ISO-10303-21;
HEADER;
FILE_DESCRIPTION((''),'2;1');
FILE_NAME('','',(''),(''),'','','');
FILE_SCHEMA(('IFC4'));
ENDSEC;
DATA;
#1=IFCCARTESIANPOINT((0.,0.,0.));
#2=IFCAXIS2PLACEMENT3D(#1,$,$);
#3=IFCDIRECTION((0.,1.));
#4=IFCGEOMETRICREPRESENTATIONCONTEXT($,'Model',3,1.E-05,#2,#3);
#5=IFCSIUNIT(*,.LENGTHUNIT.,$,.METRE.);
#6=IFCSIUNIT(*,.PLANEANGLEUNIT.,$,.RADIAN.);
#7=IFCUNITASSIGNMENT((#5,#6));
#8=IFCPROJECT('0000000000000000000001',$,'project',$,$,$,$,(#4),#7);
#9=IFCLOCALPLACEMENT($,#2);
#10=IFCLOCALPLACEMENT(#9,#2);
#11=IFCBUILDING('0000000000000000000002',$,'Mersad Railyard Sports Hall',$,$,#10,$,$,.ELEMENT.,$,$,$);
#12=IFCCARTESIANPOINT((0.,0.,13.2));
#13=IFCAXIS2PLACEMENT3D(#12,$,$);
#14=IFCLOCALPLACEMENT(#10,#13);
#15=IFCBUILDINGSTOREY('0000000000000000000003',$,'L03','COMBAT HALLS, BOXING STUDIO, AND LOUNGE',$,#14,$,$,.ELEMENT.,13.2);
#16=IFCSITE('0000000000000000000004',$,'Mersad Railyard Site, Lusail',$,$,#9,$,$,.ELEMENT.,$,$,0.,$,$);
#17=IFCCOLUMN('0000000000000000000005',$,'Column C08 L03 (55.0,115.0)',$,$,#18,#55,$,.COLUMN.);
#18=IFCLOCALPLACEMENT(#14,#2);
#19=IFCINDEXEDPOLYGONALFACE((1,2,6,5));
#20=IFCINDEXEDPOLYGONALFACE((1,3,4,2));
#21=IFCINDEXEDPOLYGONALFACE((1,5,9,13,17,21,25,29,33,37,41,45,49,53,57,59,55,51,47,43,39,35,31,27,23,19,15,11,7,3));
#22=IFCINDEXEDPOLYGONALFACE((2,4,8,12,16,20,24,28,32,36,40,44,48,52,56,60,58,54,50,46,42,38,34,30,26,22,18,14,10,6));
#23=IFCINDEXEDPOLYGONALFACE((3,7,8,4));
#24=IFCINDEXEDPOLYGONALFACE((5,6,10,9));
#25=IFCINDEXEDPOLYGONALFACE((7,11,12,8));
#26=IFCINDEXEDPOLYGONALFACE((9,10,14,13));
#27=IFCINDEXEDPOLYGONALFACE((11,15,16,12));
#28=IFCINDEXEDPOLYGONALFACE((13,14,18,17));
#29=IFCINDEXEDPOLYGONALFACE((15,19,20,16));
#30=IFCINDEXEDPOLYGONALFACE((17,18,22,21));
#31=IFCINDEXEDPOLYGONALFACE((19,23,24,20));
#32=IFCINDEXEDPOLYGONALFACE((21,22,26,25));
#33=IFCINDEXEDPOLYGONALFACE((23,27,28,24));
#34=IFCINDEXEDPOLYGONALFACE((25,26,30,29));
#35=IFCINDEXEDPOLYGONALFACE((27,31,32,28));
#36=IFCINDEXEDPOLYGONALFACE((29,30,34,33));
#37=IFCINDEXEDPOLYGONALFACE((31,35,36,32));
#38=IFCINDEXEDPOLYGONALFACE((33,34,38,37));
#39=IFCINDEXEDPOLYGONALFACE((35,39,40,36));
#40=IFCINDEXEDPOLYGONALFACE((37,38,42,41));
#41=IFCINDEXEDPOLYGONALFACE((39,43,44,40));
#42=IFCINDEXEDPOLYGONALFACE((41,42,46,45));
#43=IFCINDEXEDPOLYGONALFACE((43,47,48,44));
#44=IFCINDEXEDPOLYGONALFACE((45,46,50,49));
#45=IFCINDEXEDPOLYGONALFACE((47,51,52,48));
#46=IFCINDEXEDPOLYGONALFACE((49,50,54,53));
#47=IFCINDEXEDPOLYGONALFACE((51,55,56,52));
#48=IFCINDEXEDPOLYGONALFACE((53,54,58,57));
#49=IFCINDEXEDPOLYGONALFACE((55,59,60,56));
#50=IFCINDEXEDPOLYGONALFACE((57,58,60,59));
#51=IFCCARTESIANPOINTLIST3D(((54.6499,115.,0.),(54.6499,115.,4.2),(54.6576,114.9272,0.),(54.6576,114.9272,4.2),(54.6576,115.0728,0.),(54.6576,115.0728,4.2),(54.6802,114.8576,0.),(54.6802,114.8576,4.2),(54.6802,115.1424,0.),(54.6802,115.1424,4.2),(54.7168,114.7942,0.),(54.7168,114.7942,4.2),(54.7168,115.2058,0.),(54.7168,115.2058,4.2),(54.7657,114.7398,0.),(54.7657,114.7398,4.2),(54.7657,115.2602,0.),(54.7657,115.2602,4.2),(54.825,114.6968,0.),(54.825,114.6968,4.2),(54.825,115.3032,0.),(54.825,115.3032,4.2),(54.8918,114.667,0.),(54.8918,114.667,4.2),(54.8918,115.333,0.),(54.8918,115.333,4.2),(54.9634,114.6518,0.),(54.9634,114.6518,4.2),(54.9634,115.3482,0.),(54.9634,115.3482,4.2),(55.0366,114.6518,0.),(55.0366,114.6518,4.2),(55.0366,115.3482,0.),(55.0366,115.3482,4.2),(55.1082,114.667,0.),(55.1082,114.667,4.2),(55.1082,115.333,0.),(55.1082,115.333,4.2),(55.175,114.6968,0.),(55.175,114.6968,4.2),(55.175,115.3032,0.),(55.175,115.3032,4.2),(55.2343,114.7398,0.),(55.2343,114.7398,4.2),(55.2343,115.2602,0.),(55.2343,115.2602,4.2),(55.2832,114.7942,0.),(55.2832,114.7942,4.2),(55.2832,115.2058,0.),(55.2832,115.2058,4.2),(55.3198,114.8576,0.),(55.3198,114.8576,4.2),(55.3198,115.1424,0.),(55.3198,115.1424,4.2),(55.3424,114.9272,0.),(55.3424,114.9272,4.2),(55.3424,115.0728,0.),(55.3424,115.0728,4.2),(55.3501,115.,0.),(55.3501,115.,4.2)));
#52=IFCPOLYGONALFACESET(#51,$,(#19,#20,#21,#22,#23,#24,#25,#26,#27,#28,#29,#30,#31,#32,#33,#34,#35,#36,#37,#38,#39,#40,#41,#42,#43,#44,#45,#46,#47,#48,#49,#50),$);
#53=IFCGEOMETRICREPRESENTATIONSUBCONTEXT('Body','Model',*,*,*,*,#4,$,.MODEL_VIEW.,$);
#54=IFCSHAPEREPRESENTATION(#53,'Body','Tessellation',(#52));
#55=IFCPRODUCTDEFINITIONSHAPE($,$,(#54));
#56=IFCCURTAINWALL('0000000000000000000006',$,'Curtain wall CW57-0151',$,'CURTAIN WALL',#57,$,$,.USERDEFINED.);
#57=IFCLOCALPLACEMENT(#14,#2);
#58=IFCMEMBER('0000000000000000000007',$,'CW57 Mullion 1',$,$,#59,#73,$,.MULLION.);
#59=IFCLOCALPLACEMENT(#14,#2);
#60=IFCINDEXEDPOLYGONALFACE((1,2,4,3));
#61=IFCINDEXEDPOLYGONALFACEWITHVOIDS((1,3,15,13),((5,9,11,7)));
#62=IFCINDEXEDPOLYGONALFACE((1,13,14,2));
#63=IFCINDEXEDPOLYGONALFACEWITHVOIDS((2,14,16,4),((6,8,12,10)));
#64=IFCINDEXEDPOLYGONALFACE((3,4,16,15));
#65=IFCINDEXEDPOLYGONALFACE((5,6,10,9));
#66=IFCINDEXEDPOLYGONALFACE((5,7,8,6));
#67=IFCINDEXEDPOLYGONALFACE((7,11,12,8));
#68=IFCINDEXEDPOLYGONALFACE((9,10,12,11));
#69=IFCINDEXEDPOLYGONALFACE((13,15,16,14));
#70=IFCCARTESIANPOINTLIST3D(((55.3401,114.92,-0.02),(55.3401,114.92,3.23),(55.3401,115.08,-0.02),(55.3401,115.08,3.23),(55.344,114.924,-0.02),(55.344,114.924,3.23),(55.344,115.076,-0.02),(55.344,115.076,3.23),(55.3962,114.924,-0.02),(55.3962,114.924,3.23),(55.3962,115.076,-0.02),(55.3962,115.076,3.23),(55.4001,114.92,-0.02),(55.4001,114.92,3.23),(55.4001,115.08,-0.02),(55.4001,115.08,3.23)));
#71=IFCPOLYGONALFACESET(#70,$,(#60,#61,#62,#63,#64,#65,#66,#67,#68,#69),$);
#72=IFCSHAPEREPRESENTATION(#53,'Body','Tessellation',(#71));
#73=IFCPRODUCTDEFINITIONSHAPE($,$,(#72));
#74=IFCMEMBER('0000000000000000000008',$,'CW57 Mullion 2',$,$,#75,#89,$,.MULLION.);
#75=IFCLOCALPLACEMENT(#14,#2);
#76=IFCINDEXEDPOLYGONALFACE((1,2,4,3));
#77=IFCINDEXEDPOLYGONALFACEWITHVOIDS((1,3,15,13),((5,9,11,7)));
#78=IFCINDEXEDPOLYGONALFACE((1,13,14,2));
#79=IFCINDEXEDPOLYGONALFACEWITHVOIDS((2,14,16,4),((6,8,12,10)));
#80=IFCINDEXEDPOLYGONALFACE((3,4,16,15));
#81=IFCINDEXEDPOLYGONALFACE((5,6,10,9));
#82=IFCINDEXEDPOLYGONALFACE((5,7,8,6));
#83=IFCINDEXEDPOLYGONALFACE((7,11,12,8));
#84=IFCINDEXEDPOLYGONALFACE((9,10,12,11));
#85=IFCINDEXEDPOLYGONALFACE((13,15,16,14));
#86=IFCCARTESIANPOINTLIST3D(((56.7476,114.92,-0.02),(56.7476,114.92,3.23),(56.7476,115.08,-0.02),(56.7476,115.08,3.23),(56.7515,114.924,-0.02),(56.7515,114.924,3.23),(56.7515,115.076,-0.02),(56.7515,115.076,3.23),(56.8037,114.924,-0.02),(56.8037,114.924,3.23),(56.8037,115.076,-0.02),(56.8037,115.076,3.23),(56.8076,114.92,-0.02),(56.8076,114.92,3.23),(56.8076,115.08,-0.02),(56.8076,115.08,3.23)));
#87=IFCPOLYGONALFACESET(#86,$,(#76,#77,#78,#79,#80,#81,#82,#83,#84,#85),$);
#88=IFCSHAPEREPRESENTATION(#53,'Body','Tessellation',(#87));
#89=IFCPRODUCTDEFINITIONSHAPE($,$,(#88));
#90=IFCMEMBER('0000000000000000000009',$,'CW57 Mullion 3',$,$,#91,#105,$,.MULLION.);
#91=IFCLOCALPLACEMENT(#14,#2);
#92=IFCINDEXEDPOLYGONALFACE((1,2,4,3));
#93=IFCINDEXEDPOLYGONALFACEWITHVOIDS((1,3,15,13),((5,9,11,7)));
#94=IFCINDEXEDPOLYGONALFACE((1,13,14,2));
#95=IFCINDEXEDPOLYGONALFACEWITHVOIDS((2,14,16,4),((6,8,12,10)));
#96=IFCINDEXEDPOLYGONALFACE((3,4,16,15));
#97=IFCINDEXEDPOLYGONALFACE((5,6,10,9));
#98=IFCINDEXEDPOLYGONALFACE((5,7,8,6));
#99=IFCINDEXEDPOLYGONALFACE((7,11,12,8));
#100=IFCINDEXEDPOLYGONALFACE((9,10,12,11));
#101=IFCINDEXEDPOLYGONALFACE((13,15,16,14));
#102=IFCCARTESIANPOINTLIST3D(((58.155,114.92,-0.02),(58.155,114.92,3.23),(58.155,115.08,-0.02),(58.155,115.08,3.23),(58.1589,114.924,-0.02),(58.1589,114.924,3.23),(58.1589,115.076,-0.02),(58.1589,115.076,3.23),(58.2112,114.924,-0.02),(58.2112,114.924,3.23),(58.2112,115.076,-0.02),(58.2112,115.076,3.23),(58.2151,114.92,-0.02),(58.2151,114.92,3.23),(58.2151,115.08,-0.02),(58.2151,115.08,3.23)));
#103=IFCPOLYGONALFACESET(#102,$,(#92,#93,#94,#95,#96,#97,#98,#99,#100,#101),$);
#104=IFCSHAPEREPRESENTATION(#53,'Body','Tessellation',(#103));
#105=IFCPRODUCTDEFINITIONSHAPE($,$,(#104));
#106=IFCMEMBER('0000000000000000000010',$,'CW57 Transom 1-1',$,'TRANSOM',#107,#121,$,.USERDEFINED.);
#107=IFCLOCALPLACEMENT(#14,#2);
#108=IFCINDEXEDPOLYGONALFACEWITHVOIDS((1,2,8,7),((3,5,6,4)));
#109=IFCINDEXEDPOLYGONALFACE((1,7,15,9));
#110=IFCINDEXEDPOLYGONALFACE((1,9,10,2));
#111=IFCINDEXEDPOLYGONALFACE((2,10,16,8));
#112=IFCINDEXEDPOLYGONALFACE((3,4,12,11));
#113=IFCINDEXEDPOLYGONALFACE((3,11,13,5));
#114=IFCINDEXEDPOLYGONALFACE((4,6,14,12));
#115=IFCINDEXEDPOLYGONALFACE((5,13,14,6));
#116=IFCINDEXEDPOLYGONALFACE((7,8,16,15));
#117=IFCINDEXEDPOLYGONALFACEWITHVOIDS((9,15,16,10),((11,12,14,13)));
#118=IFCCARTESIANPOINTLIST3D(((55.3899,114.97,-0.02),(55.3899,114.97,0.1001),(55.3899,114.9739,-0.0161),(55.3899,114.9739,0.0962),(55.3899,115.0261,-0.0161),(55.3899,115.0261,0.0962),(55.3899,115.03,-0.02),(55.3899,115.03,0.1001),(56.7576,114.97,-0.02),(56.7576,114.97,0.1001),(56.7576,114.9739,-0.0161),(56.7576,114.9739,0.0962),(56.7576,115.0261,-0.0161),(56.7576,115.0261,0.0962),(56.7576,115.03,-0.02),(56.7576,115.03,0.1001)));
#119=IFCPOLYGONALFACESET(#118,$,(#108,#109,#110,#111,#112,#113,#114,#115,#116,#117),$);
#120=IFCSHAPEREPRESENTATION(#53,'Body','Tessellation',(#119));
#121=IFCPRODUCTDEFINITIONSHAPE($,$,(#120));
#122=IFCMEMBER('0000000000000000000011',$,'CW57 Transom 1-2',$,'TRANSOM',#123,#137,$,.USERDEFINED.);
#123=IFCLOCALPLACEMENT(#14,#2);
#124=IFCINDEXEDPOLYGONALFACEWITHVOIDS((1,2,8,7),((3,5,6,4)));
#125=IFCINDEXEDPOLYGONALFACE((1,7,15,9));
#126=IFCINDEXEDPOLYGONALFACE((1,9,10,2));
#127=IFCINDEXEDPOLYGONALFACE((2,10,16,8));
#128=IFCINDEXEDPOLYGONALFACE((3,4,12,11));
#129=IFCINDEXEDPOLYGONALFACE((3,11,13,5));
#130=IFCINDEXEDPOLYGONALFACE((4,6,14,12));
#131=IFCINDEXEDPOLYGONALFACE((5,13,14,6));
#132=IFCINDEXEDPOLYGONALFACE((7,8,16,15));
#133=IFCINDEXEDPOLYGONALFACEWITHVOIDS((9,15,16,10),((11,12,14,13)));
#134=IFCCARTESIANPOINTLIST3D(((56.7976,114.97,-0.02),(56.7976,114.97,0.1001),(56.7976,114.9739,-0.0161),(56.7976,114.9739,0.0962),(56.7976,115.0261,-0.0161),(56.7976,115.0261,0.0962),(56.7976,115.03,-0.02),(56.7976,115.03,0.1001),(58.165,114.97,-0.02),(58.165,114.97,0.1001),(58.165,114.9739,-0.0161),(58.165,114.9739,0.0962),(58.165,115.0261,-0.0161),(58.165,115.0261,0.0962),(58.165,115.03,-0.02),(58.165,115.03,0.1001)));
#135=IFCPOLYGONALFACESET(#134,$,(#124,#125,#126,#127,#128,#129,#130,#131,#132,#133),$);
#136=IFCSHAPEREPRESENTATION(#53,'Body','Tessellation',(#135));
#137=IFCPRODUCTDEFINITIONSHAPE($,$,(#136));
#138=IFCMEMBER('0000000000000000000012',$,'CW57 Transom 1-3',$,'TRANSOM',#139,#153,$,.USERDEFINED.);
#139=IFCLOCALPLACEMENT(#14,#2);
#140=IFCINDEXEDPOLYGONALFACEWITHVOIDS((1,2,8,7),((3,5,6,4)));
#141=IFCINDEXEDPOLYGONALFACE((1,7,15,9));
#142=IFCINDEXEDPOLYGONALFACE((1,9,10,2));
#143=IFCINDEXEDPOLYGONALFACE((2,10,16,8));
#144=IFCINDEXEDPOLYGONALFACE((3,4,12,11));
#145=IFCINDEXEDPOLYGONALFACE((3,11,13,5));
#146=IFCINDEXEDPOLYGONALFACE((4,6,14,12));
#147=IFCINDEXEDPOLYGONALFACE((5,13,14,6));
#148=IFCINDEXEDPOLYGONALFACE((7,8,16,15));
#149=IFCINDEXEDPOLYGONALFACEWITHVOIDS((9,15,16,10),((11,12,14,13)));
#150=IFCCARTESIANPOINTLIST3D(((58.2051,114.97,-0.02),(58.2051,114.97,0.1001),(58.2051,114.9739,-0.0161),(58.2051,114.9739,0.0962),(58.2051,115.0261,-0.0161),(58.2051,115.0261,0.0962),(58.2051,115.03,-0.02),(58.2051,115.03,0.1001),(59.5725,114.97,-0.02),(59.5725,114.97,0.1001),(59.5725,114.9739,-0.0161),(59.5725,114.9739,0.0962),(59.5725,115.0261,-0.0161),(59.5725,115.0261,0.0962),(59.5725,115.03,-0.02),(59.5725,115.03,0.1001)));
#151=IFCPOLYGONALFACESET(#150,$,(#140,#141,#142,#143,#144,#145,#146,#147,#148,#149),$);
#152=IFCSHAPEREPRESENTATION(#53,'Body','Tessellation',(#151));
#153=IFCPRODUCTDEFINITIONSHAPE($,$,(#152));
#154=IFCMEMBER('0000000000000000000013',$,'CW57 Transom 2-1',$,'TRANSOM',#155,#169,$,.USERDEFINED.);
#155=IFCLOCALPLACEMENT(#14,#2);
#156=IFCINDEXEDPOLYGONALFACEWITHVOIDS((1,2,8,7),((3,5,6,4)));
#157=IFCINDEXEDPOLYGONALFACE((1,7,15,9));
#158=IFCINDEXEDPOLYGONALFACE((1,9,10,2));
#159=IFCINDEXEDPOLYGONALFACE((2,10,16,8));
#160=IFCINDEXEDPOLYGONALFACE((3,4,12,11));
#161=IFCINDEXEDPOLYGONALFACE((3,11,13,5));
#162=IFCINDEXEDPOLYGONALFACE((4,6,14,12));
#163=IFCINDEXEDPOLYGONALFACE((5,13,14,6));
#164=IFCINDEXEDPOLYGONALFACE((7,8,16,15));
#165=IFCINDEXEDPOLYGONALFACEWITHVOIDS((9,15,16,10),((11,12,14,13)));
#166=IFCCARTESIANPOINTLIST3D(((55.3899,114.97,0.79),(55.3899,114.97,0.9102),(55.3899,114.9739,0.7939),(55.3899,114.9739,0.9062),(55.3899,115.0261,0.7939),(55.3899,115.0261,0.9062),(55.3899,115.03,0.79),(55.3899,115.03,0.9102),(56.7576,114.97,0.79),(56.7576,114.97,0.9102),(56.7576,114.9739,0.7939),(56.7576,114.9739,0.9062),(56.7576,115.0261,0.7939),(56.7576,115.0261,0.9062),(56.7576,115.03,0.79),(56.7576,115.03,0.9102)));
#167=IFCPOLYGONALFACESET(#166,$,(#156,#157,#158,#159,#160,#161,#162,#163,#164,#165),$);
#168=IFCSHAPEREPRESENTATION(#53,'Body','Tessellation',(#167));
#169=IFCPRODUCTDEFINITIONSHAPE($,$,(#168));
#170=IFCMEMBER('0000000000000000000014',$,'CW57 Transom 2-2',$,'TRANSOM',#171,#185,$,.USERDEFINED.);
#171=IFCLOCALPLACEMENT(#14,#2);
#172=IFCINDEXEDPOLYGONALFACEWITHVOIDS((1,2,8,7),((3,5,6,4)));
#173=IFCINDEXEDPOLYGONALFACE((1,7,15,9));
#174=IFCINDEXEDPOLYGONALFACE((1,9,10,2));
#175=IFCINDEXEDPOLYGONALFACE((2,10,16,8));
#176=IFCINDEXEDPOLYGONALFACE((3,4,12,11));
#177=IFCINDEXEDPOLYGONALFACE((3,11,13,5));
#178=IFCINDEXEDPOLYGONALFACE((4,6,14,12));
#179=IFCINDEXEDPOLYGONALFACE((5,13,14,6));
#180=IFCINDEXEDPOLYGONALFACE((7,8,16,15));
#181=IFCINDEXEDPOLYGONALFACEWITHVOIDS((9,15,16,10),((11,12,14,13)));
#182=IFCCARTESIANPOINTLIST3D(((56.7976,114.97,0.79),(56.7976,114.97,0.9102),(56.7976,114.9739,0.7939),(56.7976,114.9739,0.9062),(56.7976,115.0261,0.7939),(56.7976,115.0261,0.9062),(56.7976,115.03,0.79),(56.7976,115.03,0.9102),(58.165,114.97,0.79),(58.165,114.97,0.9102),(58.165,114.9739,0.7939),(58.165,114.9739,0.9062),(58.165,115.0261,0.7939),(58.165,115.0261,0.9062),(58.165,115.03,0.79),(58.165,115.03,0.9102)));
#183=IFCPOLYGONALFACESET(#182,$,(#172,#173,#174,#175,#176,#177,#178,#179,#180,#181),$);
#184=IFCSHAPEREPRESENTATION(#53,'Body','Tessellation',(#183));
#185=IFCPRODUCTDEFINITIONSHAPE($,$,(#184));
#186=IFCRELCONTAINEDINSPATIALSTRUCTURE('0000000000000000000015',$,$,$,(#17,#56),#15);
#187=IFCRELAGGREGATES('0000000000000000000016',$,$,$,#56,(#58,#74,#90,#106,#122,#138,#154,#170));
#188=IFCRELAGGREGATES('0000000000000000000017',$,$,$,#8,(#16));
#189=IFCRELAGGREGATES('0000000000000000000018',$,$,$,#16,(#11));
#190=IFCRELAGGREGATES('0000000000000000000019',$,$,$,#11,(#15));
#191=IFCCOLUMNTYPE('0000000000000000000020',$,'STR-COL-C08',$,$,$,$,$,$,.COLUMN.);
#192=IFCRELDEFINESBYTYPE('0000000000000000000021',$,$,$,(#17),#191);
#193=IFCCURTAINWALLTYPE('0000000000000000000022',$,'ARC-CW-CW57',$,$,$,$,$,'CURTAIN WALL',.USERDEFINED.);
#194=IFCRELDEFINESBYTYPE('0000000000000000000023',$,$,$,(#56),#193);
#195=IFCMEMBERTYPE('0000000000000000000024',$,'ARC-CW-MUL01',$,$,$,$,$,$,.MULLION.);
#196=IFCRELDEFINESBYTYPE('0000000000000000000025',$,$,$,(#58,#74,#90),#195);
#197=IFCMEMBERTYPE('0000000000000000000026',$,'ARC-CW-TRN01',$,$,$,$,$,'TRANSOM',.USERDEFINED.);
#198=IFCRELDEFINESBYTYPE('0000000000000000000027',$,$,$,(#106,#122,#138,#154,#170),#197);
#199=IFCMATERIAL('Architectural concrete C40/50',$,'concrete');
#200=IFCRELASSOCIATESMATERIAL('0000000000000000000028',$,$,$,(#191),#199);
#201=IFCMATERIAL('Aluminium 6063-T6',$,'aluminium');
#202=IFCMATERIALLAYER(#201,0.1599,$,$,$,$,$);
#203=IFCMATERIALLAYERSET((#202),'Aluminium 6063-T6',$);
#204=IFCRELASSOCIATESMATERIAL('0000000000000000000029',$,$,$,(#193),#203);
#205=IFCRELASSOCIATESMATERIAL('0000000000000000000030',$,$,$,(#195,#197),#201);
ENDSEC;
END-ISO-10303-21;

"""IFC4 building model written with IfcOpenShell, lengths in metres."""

from ifc_helpers import new_model, si_unit, direction, frame, origin, origin_2d, place, context, subcontext, project, spatial, hollow_rectangle, circle, extrude, material, layer, layer_set, material_profile, profile_set, type_object, element, aggregate, save


model = new_model("IFC4")

# Units and contexts
model_context = context("Model", 3, precision=1e-05, world=origin(), true_north=direction((0.0, 1.0)))
body_context = subcontext(model_context, "Body", "Model", "MODEL_VIEW")
ifc_project = project(units=[si_unit("LENGTHUNIT", "METRE"), si_unit("PLANEANGLEUNIT", "RADIAN")], contexts=[model_context])

# Site, building, storey
site_placement = place(None, origin())
site = spatial("IfcSite", under=ifc_project, at=site_placement, Name="Mersad Railyard Site, Lusail", CompositionType="ELEMENT", RefElevation=0.0)
building_placement = place(site_placement, origin())
building = spatial("IfcBuilding", under=site, at=building_placement, Name="Mersad Railyard Sports Hall", CompositionType="ELEMENT")
storey_placement = place(building_placement, frame((0.0, 0.0, 13.2)))
storey = spatial("IfcBuildingStorey", under=building, at=storey_placement, Name="L03", Description="COMBAT HALLS, BOXING STUDIO, AND LOUNGE", CompositionType="ELEMENT", Elevation=13.2)

# Column
ifc_material_1 = material(Name="Architectural concrete C40/50", Category="concrete")
ifc_material_profile_1 = material_profile(ifc_material_1, circle(Radius=0.3501, at=origin_2d()), Name="RC D700")
ifc_profile_set_1 = profile_set([ifc_material_profile_1], Name="Architectural concrete C40/50")
column_type = type_object("IfcColumnType", Name="STR-COL-C08", PredefinedType="COLUMN", material=ifc_profile_set_1)
column_placement = place(storey_placement, frame((55.0, 115.0, 0.0), z_axis=(0.0, 0.0, 1.0), x_axis=(1.0, 0.0, 0.0)))
element("IfcColumn", 1, at=column_placement, inside=storey, type_object=column_type, Name="Column C08 L03 (55.0,115.0)", PredefinedType="COLUMN", context=body_context, shape_type="SweptSolid", body=[
    extrude(circle(Radius=0.3501, at=origin_2d()), origin(), (0.0, 0.0, 1.0), 4.2),
])

# Curtain wall, members
ifc_material_2 = material(Name="Aluminium 6063-T6", Category="aluminium")
ifc_layer_1 = layer(ifc_material_2, 0.1599)
ifc_layer_set_1 = layer_set([ifc_layer_1], Name="Aluminium 6063-T6")
curtain_wall_type = type_object("IfcCurtainWallType", Name="ARC-CW-CW57", ElementType="CURTAIN WALL", PredefinedType="USERDEFINED", material=ifc_layer_set_1)
curtain_wall_placement = place(storey_placement, origin())
curtain_wall = element("IfcCurtainWall", 2, at=curtain_wall_placement, inside=storey, type_object=curtain_wall_type, Name="Curtain wall CW57-0151", ObjectType="CURTAIN WALL", PredefinedType="USERDEFINED")
ifc_material_profile_2 = material_profile(ifc_material_2, hollow_rectangle(XDim=0.0601, YDim=0.1599, WallThickness=0.0039, at=origin_2d()), Name="AL MULLION 60x160x4")
ifc_profile_set_2 = profile_set([ifc_material_profile_2], Name="Aluminium 6063-T6")
member_type_1 = type_object("IfcMemberType", Name="ARC-CW-MUL01", PredefinedType="MULLION", material=ifc_profile_set_2)
member_1_placement = place(storey_placement, frame((55.3701, 115.0, -0.02), z_axis=(0.0, 0.0, 1.0), x_axis=(1.0, 0.0, 0.0)))
member_1 = element("IfcMember", 3, at=member_1_placement, type_object=member_type_1, Name="CW57 Mullion 1", PredefinedType="MULLION", context=body_context, shape_type="SweptSolid", body=[
    extrude(hollow_rectangle(XDim=0.0601, YDim=0.1599, WallThickness=0.0039, at=origin_2d()), origin(), (0.0, 0.0, 1.0), 3.25),
])
member_2_placement = place(storey_placement, frame((56.7776, 115.0, -0.02), z_axis=(0.0, 0.0, 1.0), x_axis=(1.0, 0.0, 0.0)))
member_2 = element("IfcMember", 4, at=member_2_placement, type_object=member_type_1, Name="CW57 Mullion 2", PredefinedType="MULLION", context=body_context, shape_type="SweptSolid", body=[
    extrude(hollow_rectangle(XDim=0.0601, YDim=0.1599, WallThickness=0.0039, at=origin_2d()), origin(), (0.0, 0.0, 1.0), 3.25),
])
member_3_placement = place(storey_placement, frame((58.1851, 115.0, -0.02), z_axis=(0.0, 0.0, 1.0), x_axis=(1.0, 0.0, 0.0)))
member_3 = element("IfcMember", 5, at=member_3_placement, type_object=member_type_1, Name="CW57 Mullion 3", PredefinedType="MULLION", context=body_context, shape_type="SweptSolid", body=[
    extrude(hollow_rectangle(XDim=0.0601, YDim=0.1599, WallThickness=0.0039, at=origin_2d()), origin(), (0.0, 0.0, 1.0), 3.25),
])
ifc_material_profile_3 = material_profile(ifc_material_2, hollow_rectangle(XDim=0.0601, YDim=0.1201, WallThickness=0.0039, at=origin_2d()), Name="AL TRANSOM 60x120x4")
ifc_profile_set_3 = profile_set([ifc_material_profile_3], Name="Aluminium 6063-T6")
member_type_2 = type_object("IfcMemberType", Name="ARC-CW-TRN01", ElementType="TRANSOM", PredefinedType="USERDEFINED", material=ifc_profile_set_3)
member_4_placement = place(storey_placement, frame((55.3899, 115.0, 0.04), z_axis=(1.0, 0.0, 0.0), x_axis=(0.0, 1.0, 0.0)))
member_4 = element("IfcMember", 6, at=member_4_placement, type_object=member_type_2, Name="CW57 Transom 1-1", ObjectType="TRANSOM", PredefinedType="USERDEFINED", context=body_context, shape_type="SweptSolid", body=[
    extrude(hollow_rectangle(XDim=0.0601, YDim=0.1201, WallThickness=0.0039, at=origin_2d()), origin(), (0.0, 0.0, 1.0), 1.3677),
])
member_5_placement = place(storey_placement, frame((56.7976, 115.0, 0.04), z_axis=(1.0, 0.0, 0.0), x_axis=(0.0, 1.0, 0.0)))
member_5 = element("IfcMember", 7, at=member_5_placement, type_object=member_type_2, Name="CW57 Transom 1-2", ObjectType="TRANSOM", PredefinedType="USERDEFINED", context=body_context, shape_type="SweptSolid", body=[
    extrude(hollow_rectangle(XDim=0.0601, YDim=0.1201, WallThickness=0.0039, at=origin_2d()), origin(), (0.0, 0.0, 1.0), 1.3674),
])
member_6_placement = place(storey_placement, frame((58.2051, 115.0, 0.04), z_axis=(1.0, 0.0, 0.0), x_axis=(0.0, 1.0, 0.0)))
member_6 = element("IfcMember", 8, at=member_6_placement, type_object=member_type_2, Name="CW57 Transom 1-3", ObjectType="TRANSOM", PredefinedType="USERDEFINED", context=body_context, shape_type="SweptSolid", body=[
    extrude(hollow_rectangle(XDim=0.0601, YDim=0.1201, WallThickness=0.0039, at=origin_2d()), origin(), (0.0, 0.0, 1.0), 1.3674),
])
member_7_placement = place(storey_placement, frame((55.3899, 115.0, 0.8501), z_axis=(1.0, 0.0, 0.0), x_axis=(0.0, 1.0, 0.0)))
member_7 = element("IfcMember", 9, at=member_7_placement, type_object=member_type_2, Name="CW57 Transom 2-1", ObjectType="TRANSOM", PredefinedType="USERDEFINED", context=body_context, shape_type="SweptSolid", body=[
    extrude(hollow_rectangle(XDim=0.0601, YDim=0.1201, WallThickness=0.0039, at=origin_2d()), origin(), (0.0, 0.0, 1.0), 1.3677),
])
member_8_placement = place(storey_placement, frame((56.7976, 115.0, 0.8501), z_axis=(1.0, 0.0, 0.0), x_axis=(0.0, 1.0, 0.0)))
member_8 = element("IfcMember", 10, at=member_8_placement, type_object=member_type_2, Name="CW57 Transom 2-2", ObjectType="TRANSOM", PredefinedType="USERDEFINED", context=body_context, shape_type="SweptSolid", body=[
    extrude(hollow_rectangle(XDim=0.0601, YDim=0.1201, WallThickness=0.0039, at=origin_2d()), origin(), (0.0, 0.0, 1.0), 1.3674),
])

aggregate(curtain_wall, [member_1, member_2, member_3, member_4, member_5, member_6, member_7, member_8])

save(model, "model.ifc")
